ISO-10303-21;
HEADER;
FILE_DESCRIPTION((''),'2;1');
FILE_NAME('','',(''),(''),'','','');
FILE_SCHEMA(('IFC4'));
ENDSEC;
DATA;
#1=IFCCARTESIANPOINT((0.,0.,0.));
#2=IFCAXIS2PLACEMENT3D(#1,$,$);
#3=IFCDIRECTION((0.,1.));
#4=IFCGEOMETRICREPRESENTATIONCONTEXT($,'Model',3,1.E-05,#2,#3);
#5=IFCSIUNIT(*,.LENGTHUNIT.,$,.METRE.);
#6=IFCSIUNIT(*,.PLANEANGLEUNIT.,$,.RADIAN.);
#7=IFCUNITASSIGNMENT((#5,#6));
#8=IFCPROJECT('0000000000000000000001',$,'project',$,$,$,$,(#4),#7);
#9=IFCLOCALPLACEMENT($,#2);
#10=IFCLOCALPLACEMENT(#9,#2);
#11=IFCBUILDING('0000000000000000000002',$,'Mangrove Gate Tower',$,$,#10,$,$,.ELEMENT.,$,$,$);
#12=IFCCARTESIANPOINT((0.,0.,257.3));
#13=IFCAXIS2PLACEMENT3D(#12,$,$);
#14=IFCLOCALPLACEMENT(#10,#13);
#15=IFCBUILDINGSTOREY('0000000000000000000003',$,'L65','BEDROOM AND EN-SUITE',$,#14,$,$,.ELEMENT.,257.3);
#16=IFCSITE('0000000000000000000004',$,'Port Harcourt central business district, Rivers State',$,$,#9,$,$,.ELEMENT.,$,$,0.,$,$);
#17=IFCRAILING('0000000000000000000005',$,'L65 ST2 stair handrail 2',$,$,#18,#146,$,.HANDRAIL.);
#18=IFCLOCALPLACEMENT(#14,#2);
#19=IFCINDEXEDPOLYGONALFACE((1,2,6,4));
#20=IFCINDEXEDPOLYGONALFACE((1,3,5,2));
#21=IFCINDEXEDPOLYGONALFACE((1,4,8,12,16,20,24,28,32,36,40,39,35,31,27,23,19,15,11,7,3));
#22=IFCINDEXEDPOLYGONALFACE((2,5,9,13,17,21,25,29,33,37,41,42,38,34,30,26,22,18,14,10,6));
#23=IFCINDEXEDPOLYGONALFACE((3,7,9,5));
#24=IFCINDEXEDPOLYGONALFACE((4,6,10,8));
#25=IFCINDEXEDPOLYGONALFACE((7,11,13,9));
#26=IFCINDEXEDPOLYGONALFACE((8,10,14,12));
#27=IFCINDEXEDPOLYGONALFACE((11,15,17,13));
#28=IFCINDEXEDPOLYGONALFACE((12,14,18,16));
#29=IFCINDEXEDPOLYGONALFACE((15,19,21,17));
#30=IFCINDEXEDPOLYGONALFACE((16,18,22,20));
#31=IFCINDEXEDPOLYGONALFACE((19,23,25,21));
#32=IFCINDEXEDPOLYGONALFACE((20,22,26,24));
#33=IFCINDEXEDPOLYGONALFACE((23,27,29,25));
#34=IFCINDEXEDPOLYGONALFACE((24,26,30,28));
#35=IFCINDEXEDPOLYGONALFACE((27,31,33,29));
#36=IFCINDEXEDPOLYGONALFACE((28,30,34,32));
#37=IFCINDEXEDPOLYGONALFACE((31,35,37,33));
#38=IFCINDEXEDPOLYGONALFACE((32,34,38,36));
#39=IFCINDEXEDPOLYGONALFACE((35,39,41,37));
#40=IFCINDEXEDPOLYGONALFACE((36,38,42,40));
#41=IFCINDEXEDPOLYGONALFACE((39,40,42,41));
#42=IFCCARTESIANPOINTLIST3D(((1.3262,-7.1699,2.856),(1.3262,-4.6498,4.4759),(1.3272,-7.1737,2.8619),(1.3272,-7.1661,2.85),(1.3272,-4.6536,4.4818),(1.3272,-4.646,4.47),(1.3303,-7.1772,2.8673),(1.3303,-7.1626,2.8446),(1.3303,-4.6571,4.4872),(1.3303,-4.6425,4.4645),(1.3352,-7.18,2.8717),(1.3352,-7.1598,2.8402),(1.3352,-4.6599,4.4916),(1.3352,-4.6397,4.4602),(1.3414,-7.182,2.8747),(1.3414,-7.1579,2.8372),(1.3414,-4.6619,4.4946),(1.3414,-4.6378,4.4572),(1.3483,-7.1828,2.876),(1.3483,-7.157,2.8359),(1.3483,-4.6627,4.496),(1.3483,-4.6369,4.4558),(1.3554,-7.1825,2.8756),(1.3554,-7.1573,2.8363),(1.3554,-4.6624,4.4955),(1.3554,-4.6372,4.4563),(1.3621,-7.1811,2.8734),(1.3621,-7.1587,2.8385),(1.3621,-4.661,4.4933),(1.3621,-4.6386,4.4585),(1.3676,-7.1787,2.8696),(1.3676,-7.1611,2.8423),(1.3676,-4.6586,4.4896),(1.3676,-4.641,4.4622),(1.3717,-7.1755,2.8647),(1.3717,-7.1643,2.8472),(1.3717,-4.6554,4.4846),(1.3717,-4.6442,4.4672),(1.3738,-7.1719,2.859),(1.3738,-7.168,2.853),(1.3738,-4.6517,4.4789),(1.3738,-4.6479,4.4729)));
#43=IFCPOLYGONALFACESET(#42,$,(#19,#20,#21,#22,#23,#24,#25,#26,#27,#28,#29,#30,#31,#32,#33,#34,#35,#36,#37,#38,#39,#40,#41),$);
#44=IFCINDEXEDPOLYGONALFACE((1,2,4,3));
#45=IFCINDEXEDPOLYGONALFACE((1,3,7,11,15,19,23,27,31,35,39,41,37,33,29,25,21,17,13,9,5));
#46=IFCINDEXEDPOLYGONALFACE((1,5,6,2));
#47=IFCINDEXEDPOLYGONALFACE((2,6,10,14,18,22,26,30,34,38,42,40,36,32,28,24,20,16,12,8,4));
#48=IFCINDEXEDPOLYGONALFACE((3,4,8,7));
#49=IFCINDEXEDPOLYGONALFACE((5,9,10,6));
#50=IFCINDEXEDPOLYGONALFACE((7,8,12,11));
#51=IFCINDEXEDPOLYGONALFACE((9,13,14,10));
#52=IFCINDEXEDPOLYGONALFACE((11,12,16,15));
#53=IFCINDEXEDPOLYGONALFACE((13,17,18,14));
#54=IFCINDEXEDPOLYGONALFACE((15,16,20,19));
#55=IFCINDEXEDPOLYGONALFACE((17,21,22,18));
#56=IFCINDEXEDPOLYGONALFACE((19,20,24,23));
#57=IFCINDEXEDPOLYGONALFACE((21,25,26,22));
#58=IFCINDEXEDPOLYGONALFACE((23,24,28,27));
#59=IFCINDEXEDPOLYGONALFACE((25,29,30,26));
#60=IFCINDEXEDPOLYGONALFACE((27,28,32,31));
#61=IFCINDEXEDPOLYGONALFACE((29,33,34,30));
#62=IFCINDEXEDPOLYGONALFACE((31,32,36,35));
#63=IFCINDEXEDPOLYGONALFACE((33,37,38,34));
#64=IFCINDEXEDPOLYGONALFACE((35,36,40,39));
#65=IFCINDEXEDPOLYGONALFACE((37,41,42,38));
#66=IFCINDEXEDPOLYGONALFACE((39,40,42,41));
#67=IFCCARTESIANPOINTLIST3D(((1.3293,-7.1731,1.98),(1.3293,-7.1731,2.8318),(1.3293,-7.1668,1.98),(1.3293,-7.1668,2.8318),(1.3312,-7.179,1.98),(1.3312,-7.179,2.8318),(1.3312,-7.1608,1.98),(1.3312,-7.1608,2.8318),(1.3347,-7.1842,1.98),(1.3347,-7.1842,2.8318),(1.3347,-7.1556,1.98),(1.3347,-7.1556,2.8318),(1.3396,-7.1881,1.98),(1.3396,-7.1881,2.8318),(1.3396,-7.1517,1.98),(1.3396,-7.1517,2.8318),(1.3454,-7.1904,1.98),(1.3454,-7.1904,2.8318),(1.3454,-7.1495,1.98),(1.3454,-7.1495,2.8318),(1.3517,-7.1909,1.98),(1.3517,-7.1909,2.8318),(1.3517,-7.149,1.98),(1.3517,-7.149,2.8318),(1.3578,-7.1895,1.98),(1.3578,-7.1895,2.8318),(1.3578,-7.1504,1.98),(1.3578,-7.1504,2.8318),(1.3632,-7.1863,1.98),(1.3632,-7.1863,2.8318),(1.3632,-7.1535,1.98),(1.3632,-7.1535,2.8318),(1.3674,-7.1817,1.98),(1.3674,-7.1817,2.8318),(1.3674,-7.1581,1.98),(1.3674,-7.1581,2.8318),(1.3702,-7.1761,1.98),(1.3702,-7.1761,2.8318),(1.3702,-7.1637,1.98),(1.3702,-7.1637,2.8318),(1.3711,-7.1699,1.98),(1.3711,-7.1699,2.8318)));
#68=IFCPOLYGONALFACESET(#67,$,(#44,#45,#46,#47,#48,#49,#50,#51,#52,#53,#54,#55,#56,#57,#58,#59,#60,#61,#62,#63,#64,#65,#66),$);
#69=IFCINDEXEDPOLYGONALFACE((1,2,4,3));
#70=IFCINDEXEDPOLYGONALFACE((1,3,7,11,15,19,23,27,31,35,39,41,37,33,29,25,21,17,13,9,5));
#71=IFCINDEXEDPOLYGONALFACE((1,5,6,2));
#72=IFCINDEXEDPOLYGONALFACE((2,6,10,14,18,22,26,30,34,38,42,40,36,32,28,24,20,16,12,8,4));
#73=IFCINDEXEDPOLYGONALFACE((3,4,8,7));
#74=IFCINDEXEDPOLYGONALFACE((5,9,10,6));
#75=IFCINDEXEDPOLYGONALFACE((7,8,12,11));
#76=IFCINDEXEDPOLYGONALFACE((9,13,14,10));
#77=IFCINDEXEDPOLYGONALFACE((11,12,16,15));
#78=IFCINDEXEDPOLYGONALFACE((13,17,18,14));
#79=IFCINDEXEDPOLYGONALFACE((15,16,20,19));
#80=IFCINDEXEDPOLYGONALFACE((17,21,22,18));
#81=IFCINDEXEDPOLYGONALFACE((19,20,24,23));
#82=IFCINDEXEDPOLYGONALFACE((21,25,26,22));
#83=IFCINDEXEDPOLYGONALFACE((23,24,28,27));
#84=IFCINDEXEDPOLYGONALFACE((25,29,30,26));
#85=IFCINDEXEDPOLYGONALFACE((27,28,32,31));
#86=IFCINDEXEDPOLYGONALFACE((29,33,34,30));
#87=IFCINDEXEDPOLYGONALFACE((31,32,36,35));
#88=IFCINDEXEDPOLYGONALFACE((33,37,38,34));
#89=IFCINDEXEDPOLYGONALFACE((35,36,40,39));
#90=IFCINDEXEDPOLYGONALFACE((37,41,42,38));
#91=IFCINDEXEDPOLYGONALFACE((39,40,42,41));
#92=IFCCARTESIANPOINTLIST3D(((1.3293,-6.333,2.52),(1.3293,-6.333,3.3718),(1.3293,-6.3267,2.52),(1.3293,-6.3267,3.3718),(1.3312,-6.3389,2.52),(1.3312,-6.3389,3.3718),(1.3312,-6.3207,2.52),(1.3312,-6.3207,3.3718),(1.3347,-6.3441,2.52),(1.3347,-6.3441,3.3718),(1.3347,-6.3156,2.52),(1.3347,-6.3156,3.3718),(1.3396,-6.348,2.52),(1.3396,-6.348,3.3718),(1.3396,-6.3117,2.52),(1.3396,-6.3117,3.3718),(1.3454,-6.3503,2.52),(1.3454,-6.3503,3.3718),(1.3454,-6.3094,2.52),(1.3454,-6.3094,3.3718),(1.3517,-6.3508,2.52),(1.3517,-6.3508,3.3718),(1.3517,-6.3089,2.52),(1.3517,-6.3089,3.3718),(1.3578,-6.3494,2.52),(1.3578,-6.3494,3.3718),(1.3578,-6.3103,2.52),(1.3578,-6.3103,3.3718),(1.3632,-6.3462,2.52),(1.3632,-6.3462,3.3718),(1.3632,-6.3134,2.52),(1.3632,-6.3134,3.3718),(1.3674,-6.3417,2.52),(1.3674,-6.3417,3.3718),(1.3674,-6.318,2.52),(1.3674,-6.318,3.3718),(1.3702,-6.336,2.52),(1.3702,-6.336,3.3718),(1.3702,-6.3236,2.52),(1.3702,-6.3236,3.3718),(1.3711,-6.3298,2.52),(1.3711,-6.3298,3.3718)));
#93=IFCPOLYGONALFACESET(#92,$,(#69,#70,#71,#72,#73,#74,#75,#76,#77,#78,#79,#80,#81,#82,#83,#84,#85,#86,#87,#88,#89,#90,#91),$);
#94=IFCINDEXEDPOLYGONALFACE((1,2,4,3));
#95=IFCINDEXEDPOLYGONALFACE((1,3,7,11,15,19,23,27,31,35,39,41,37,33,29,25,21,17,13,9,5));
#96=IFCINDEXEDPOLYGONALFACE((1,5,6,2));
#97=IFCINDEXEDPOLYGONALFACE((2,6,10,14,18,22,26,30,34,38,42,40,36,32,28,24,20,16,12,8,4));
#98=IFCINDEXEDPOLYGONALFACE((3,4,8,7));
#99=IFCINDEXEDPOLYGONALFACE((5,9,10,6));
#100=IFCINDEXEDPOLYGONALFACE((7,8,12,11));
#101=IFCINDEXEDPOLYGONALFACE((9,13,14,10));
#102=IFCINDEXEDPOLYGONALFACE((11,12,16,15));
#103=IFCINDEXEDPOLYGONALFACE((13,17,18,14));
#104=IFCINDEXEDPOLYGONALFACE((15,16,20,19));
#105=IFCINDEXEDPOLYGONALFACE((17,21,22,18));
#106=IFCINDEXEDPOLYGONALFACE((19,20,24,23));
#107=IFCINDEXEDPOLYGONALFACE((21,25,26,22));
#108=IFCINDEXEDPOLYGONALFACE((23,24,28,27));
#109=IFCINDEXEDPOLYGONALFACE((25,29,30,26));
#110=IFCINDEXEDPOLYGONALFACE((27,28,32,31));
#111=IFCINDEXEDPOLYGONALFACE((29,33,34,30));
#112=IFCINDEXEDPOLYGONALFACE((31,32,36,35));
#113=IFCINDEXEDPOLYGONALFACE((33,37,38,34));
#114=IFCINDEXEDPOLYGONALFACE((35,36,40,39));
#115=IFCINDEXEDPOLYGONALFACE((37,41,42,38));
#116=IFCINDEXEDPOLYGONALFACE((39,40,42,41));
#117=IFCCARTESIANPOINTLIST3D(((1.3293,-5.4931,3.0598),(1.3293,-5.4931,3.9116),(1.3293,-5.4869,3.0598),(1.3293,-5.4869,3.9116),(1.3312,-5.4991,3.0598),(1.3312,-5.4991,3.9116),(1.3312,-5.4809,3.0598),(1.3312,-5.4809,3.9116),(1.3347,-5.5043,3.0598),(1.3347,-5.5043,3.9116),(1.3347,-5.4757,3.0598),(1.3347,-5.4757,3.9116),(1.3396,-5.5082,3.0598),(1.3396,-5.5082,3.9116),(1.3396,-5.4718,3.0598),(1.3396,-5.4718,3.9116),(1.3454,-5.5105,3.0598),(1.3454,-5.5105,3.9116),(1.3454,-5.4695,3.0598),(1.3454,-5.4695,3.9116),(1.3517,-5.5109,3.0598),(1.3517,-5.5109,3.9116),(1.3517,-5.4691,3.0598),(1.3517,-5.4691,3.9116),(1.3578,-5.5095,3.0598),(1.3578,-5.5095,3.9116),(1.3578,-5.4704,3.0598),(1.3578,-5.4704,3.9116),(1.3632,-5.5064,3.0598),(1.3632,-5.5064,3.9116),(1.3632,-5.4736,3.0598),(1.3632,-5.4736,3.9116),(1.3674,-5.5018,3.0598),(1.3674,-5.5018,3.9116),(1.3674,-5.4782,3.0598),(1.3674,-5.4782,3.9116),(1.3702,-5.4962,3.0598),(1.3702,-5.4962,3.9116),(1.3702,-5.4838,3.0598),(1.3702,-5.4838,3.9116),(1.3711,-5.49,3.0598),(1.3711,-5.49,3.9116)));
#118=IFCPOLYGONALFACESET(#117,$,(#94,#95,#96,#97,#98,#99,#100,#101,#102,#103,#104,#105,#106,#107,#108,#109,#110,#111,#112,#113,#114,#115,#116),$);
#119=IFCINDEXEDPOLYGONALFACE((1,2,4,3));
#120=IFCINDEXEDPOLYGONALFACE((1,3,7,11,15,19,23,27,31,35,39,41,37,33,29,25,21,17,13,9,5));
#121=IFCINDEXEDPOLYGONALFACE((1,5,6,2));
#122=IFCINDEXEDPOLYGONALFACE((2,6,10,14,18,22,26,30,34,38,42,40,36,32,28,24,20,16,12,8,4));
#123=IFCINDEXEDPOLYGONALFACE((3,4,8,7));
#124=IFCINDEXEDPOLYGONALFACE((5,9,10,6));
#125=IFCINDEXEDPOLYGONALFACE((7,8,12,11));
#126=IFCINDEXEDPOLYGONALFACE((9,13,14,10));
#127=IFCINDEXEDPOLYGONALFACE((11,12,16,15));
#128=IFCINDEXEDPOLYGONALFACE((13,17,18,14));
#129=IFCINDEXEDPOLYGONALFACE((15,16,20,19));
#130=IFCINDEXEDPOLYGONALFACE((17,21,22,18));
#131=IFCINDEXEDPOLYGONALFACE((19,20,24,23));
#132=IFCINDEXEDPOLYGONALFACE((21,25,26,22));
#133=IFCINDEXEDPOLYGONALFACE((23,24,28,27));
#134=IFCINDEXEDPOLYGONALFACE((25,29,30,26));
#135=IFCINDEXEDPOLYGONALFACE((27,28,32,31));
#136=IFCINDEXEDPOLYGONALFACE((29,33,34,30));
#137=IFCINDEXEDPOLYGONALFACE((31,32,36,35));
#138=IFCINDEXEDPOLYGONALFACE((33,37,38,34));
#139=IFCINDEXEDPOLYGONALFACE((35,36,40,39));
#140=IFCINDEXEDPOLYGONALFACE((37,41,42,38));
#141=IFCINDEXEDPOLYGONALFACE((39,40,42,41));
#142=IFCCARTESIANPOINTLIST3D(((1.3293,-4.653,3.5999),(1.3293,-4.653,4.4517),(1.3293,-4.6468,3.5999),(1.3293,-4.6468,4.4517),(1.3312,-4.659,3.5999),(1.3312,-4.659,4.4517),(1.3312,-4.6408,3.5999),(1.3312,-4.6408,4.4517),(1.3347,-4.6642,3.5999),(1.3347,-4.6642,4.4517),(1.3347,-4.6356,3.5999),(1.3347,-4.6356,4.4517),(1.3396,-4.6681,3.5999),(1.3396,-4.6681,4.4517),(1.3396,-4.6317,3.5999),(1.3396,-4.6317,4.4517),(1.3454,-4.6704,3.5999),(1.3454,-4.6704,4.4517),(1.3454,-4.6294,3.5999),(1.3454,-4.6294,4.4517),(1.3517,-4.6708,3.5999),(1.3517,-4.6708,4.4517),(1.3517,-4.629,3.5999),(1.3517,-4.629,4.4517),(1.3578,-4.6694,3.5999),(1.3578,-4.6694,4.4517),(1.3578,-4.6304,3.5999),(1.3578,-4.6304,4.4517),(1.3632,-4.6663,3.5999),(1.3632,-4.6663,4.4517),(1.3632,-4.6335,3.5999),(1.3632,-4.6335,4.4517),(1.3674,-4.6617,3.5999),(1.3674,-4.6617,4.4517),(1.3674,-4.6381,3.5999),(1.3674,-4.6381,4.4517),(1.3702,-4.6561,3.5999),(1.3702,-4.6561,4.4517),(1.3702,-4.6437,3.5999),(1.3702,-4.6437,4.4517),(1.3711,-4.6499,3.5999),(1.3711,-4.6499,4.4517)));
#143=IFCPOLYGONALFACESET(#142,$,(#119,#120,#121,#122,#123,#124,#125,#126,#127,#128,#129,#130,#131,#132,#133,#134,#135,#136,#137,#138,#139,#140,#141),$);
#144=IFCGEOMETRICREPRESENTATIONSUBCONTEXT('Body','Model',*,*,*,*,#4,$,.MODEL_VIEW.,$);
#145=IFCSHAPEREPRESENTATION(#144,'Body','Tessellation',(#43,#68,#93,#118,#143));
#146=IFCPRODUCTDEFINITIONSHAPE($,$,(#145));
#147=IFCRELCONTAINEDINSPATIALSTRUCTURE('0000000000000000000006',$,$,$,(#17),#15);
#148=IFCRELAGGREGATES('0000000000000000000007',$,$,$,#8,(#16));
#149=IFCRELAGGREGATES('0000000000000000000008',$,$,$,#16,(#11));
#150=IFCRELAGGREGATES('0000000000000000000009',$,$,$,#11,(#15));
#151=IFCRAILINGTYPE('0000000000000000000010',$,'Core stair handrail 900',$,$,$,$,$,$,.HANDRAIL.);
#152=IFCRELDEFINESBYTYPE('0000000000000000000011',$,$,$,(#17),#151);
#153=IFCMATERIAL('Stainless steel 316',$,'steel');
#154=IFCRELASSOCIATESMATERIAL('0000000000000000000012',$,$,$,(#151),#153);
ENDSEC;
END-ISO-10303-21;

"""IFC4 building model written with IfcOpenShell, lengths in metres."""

from ifc_helpers import new_model, si_unit, direction, frame, origin, origin_2d, place, context, subcontext, project, spatial, circle, extrude, material, type_object, element, save


model = new_model("IFC4")

# Units and contexts
model_context = context("Model", 3, precision=1e-05, world=origin(), true_north=direction((0.0, 1.0)))
body_context = subcontext(model_context, "Body", "Model", "MODEL_VIEW")
ifc_project = project(units=[si_unit("LENGTHUNIT", "METRE"), si_unit("PLANEANGLEUNIT", "RADIAN")], contexts=[model_context])

# Site, building, storey
site_placement = place(None, origin())
site = spatial("IfcSite", under=ifc_project, at=site_placement, Name="Port Harcourt central business district, Rivers State", CompositionType="ELEMENT", RefElevation=0.0)
building_placement = place(site_placement, origin())
building = spatial("IfcBuilding", under=site, at=building_placement, Name="Mangrove Gate Tower", CompositionType="ELEMENT")
storey_placement = place(building_placement, frame((0.0, 0.0, 257.3)))
storey = spatial("IfcBuildingStorey", under=building, at=storey_placement, Name="L65", Description="BEDROOM AND EN-SUITE", CompositionType="ELEMENT", Elevation=257.3)

# Railing
ifc_material_1 = material(Name="Stainless steel 316", Category="steel")
railing_type_1 = type_object("IfcRailingType", Name="Core stair handrail 900", PredefinedType="HANDRAIL", material=ifc_material_1)
railing_1_placement = place(storey_placement, frame((1.3501, -7.1699, 1.98)))
element("IfcRailing", 1, at=railing_1_placement, inside=storey, type_object=railing_type_1, Name="L65 ST2 stair handrail 2", PredefinedType="HANDRAIL", context=body_context, shape_type="SweptSolid", body=[
    extrude(circle(Radius=0.0239, at=origin_2d()), frame((0.0, 0.0, 0.876), z_axis=(0.0, 0.8412, 0.540725), x_axis=(-1.0, 0.0, 0.0)), (0.0, 0.0, 1.0), 2.9958),
    extrude(circle(Radius=0.021, at=origin_2d()), origin(), (0.0, 0.0, 1.0), 0.8518),
    extrude(circle(Radius=0.021, at=origin_2d()), frame((0.0, 0.8401, 0.54)), (0.0, 0.0, 1.0), 0.8518),
    extrude(circle(Radius=0.021, at=origin_2d()), frame((0.0, 1.6799, 1.0798)), (0.0, 0.0, 1.0), 0.8518),
    extrude(circle(Radius=0.021, at=origin_2d()), frame((0.0, 2.52, 1.6199)), (0.0, 0.0, 1.0), 0.8518),
])

save(model, "model.ifc")
